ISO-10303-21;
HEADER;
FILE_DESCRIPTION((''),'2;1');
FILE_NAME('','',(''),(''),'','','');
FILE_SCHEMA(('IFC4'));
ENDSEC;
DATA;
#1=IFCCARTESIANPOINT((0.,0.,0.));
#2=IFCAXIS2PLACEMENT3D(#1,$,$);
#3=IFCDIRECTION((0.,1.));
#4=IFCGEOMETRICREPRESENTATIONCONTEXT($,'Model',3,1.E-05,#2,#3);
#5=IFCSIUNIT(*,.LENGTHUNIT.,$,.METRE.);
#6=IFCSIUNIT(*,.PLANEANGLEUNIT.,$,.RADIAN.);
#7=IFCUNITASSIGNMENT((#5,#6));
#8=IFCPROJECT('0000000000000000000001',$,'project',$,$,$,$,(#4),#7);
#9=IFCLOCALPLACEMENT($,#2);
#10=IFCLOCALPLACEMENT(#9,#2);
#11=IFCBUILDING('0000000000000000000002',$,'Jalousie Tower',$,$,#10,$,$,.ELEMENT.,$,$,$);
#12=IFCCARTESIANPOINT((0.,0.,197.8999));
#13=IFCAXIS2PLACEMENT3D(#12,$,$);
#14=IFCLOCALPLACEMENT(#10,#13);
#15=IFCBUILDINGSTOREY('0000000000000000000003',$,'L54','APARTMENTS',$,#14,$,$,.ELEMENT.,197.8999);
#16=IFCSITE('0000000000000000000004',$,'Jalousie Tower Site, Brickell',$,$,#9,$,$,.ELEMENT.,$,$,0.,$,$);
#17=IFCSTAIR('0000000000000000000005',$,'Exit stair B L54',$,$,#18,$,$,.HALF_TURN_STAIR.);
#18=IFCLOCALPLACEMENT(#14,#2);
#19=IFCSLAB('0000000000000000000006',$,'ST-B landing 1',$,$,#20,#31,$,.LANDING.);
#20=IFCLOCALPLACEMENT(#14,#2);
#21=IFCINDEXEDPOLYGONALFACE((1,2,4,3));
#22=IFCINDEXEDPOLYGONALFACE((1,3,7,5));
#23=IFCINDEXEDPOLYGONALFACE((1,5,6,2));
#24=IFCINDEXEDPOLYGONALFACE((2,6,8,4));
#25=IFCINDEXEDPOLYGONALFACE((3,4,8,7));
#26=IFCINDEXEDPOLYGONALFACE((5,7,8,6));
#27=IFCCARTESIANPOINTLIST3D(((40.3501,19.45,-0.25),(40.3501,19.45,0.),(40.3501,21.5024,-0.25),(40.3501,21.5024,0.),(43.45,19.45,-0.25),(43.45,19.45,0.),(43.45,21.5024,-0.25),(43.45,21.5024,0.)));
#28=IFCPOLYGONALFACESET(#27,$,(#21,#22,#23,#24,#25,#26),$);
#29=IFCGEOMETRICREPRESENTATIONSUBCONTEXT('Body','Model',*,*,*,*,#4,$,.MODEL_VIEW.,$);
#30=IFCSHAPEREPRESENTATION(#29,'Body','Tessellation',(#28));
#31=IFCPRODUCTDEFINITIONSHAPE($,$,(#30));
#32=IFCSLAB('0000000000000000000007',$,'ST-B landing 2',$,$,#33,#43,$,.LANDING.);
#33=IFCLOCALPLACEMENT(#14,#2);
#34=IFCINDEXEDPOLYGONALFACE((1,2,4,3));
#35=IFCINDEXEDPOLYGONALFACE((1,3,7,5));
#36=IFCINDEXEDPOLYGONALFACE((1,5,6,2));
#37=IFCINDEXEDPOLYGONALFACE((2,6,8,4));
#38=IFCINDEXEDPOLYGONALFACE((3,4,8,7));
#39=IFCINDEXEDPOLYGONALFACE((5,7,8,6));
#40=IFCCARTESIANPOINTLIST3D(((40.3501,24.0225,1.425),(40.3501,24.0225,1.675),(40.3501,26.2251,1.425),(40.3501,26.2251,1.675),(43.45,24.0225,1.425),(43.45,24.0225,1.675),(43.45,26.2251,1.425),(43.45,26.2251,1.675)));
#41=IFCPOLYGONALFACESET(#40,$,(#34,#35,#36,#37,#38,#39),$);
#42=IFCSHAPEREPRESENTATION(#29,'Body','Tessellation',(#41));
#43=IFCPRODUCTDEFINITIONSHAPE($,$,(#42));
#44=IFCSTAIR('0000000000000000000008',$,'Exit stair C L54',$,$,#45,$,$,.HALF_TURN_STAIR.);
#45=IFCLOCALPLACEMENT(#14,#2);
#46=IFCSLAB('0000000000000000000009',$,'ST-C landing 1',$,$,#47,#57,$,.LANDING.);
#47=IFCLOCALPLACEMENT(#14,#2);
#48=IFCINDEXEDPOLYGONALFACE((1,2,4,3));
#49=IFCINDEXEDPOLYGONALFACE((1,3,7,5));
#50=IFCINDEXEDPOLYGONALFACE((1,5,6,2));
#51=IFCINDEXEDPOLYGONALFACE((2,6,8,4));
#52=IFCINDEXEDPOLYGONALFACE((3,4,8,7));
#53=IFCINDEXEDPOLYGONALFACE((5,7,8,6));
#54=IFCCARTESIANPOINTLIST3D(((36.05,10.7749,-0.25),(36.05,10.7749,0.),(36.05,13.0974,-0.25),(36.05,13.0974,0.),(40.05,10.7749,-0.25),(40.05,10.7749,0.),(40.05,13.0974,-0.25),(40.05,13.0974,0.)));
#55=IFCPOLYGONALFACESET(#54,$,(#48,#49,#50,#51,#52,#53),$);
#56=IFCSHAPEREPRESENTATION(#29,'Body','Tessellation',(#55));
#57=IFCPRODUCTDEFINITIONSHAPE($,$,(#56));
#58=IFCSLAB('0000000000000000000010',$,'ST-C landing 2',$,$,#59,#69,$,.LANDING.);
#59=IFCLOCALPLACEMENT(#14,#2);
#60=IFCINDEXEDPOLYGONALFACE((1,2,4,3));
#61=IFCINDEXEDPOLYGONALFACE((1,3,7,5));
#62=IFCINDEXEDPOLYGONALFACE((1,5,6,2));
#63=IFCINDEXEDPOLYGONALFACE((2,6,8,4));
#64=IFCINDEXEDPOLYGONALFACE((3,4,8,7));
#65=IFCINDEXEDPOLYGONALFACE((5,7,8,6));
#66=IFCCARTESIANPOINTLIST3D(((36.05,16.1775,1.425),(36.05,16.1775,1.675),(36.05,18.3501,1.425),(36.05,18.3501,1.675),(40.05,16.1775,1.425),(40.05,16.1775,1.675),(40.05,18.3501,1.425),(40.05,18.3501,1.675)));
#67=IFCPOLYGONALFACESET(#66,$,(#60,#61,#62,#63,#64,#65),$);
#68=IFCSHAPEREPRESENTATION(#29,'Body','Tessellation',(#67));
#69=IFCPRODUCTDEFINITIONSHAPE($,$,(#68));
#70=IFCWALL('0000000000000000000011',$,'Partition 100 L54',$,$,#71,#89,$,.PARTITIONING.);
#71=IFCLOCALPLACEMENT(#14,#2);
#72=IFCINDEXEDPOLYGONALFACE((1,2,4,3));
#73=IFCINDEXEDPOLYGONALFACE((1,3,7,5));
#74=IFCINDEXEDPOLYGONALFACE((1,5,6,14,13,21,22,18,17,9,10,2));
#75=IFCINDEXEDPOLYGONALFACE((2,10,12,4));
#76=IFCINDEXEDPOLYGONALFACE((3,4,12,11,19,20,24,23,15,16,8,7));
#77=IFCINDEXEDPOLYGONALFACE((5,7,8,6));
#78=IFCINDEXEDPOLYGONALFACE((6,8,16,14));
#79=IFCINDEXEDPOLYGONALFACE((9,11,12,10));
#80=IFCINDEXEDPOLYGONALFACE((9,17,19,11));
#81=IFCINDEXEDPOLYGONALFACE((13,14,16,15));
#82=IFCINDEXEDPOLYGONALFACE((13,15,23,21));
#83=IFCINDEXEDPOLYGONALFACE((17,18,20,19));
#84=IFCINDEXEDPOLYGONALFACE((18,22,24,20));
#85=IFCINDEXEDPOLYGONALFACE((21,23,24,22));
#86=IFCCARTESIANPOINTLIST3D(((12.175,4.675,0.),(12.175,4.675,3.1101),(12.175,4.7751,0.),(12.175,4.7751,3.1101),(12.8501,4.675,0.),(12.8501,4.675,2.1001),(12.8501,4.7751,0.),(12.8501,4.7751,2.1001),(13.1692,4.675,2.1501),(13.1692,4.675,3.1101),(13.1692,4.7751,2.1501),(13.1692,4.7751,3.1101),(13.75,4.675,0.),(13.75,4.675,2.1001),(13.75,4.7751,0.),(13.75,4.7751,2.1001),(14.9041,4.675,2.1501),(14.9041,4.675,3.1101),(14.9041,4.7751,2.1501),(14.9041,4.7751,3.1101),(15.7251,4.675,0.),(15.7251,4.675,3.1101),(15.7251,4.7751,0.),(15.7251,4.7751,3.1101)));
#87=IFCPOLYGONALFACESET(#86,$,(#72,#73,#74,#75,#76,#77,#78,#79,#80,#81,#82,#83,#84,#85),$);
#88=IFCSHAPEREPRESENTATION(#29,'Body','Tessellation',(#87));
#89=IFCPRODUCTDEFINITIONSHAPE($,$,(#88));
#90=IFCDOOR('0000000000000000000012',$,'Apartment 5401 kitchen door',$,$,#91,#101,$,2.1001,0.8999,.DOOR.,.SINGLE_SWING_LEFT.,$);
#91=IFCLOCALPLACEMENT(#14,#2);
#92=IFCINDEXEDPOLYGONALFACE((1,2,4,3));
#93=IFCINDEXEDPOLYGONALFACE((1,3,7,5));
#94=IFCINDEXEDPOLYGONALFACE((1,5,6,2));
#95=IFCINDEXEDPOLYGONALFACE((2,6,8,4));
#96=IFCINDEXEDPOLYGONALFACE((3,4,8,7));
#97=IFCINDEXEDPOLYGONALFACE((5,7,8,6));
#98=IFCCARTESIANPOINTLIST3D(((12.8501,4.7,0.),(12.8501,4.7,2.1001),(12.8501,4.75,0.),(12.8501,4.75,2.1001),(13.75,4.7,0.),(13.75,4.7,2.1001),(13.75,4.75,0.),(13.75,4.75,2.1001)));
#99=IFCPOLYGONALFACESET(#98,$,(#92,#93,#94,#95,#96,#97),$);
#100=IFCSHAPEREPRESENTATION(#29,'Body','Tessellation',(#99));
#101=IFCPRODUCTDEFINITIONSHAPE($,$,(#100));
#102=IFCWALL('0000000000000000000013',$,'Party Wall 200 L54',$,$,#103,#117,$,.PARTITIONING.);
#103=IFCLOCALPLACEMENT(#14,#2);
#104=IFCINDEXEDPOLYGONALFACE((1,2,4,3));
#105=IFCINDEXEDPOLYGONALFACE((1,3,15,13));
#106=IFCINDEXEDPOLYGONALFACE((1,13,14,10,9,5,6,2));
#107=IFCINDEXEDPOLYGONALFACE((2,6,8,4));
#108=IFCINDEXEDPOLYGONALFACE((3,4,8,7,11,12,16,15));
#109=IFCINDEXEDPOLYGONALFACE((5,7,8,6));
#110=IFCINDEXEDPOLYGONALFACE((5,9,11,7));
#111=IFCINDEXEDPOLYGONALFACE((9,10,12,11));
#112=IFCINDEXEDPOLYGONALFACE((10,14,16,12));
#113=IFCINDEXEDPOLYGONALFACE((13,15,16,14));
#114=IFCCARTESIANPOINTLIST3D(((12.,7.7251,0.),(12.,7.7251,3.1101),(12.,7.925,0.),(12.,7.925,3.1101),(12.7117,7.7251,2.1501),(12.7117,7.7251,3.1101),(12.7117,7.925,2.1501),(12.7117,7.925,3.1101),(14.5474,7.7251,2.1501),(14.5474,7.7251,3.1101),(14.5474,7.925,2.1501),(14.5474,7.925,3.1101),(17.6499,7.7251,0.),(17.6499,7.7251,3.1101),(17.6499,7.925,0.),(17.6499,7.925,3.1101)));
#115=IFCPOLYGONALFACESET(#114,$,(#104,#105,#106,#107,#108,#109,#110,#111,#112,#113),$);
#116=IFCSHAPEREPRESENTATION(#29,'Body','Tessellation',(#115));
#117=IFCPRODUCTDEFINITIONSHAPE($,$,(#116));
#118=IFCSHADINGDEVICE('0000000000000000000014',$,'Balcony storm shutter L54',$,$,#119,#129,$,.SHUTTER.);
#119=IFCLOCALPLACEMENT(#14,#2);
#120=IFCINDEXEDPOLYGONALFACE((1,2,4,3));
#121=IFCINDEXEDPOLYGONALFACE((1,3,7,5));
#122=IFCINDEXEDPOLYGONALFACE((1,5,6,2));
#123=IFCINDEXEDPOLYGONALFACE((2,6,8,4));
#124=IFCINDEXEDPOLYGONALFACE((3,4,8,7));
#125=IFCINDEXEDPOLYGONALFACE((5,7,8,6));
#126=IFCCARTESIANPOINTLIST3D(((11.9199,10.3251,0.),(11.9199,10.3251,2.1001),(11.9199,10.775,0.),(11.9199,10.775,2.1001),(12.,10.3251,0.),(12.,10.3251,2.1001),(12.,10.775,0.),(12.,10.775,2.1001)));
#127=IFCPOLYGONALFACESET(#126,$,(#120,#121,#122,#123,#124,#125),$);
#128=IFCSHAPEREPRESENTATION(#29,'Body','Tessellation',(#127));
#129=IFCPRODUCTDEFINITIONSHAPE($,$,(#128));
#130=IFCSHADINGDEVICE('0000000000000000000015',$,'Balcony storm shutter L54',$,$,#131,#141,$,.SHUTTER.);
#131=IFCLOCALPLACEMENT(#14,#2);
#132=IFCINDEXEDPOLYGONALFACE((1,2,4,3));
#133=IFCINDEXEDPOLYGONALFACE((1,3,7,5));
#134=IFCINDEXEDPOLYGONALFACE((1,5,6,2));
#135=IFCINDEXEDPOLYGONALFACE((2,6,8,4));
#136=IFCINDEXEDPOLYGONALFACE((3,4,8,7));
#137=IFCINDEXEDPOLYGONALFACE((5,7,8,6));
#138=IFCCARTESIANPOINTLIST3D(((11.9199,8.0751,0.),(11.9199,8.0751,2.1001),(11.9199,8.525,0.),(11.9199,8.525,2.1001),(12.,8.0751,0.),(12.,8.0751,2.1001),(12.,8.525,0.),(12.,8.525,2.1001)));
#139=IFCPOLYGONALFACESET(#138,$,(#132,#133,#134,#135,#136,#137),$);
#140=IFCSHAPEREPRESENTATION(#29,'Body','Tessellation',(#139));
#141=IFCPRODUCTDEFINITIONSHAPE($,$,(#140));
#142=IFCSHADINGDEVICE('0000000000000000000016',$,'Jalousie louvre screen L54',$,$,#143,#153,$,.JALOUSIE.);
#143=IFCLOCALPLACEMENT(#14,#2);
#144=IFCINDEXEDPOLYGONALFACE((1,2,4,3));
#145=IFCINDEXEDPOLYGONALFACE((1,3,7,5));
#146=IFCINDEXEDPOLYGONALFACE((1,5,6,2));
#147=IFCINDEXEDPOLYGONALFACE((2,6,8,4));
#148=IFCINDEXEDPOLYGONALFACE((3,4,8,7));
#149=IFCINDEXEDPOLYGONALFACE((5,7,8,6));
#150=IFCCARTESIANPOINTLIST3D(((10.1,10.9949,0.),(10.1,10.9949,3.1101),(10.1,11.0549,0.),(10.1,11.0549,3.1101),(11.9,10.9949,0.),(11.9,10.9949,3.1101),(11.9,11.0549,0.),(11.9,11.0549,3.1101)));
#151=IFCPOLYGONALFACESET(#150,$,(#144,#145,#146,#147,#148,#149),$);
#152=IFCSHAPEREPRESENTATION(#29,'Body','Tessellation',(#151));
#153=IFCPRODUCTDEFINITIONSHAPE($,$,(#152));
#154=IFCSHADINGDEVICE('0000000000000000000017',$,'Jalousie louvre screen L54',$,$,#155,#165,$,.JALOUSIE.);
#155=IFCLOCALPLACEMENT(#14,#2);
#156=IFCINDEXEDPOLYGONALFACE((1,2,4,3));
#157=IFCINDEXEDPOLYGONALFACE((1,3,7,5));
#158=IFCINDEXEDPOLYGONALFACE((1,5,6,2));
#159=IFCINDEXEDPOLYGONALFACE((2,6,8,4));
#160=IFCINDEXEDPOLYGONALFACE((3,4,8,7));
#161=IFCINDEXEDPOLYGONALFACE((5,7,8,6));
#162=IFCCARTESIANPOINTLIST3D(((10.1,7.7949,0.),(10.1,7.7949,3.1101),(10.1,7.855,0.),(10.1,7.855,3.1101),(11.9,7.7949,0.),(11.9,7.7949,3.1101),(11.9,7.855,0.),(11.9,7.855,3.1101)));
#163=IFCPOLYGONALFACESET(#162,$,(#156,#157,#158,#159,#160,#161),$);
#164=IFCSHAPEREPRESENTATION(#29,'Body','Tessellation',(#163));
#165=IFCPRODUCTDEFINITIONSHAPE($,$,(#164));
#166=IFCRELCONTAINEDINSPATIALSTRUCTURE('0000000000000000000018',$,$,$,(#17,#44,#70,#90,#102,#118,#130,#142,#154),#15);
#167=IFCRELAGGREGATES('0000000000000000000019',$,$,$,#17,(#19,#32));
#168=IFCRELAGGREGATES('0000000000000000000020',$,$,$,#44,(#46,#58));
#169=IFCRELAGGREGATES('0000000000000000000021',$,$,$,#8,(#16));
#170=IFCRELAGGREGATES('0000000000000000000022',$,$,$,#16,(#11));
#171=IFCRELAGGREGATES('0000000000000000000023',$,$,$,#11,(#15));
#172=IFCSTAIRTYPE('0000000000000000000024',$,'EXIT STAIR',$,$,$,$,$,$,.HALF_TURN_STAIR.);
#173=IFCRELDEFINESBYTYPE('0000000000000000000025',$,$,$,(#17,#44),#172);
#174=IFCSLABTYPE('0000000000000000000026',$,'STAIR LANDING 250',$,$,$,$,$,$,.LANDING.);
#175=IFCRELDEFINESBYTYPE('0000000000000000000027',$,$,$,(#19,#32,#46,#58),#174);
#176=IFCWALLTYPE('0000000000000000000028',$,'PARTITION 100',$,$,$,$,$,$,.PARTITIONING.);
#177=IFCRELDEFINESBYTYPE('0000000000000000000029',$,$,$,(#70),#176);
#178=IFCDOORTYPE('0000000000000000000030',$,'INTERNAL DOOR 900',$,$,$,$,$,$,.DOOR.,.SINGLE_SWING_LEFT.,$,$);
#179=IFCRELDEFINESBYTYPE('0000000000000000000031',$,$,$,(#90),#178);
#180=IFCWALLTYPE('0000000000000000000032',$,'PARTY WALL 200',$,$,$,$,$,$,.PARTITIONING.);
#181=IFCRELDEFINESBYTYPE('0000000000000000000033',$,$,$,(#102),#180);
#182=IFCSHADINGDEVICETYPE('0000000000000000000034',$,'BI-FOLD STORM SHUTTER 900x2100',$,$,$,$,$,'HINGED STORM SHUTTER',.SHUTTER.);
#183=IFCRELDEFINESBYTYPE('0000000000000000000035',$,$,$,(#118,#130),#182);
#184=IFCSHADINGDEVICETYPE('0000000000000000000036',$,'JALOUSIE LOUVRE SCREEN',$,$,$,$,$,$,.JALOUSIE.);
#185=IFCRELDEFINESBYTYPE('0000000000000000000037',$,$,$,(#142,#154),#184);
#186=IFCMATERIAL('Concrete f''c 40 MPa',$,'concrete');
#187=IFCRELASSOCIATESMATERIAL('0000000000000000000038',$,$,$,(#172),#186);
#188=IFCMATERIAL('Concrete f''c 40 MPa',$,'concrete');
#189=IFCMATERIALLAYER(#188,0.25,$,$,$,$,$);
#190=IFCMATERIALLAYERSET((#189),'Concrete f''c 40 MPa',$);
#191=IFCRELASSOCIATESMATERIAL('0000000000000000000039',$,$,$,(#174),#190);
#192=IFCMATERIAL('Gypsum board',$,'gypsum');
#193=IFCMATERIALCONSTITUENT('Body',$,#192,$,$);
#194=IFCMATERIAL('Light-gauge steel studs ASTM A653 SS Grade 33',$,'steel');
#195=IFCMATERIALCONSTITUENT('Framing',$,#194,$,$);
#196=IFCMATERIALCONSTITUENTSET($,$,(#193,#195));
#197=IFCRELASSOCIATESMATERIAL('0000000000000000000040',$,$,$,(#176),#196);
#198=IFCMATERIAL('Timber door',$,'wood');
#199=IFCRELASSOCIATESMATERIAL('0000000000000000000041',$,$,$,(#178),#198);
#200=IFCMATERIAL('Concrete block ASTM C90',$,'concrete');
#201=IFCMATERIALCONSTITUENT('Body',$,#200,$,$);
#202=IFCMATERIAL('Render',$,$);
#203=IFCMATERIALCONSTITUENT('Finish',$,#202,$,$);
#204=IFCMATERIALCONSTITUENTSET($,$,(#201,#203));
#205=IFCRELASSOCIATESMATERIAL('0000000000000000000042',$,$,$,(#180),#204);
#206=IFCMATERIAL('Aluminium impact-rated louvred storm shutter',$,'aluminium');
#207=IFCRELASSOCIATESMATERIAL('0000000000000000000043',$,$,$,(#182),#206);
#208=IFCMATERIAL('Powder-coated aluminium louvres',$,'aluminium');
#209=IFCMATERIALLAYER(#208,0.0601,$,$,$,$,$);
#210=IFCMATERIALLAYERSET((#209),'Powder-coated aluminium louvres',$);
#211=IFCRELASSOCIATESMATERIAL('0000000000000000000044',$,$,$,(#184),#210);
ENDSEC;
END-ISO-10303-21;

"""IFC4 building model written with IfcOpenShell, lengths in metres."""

from ifc_helpers import new_model, si_unit, direction, frame, frame_2d, origin, origin_2d, place, context, subcontext, project, spatial, polyline, rectangle, outline, extrude, material, layer, layer_set, constituent, constituent_set, type_object, element, fill, aggregate, save


model = new_model("IFC4")

# Units and contexts
model_context = context("Model", 3, precision=1e-05, world=origin(), true_north=direction((0.0, 1.0)))
body_context = subcontext(model_context, "Body", "Model", "MODEL_VIEW")
ifc_project = project(units=[si_unit("LENGTHUNIT", "METRE"), si_unit("PLANEANGLEUNIT", "RADIAN")], contexts=[model_context])

# Site, building, storey
site_placement = place(None, origin())
site = spatial("IfcSite", under=ifc_project, at=site_placement, Name="Jalousie Tower Site, Brickell", CompositionType="ELEMENT", RefElevation=0.0)
building_placement = place(site_placement, origin())
building = spatial("IfcBuilding", under=site, at=building_placement, Name="Jalousie Tower", CompositionType="ELEMENT")
storey_placement = place(building_placement, frame((0.0, 0.0, 197.8999)))
storey = spatial("IfcBuildingStorey", under=building, at=storey_placement, Name="L54", Description="APARTMENTS", CompositionType="ELEMENT", Elevation=197.8999)

# Stairs, slabs
ifc_material_1 = material(Name="Concrete f'c 40 MPa", Category="concrete")
stair_type = type_object("IfcStairType", Name="EXIT STAIR", PredefinedType="HALF_TURN_STAIR", material=ifc_material_1)
ifc_material_2 = material(Name="Concrete f'c 40 MPa", Category="concrete")
ifc_layer_1 = layer(ifc_material_2, 0.25)
ifc_layer_set_1 = layer_set([ifc_layer_1], Name="Concrete f'c 40 MPa")
slab_type_1 = type_object("IfcSlabType", Name="STAIR LANDING 250", PredefinedType="LANDING", material=ifc_layer_set_1)
stair_1_placement = place(storey_placement, origin())
stair_1 = element("IfcStair", 1, at=stair_1_placement, inside=storey, type_object=stair_type, Name="Exit stair B L54", PredefinedType="HALF_TURN_STAIR")
slab_1_placement = place(storey_placement, frame((0.0, 0.0, -0.25)))
slab_1 = element("IfcSlab", 2, at=slab_1_placement, type_object=slab_type_1, Name="ST-B landing 1", PredefinedType="LANDING", context=body_context, shape_type="SweptSolid", body=[
    extrude(outline(polyline([(40.3501, 19.45), (43.45, 19.45), (43.45, 21.5024), (40.3501, 21.5024), (40.3501, 19.45)])), origin(), (0.0, 0.0, 1.0), 0.25),
])
slab_2_placement = place(storey_placement, frame((0.0, 0.0, 1.425)))
slab_2 = element("IfcSlab", 3, at=slab_2_placement, type_object=slab_type_1, Name="ST-B landing 2", PredefinedType="LANDING", context=body_context, shape_type="SweptSolid", body=[
    extrude(outline(polyline([(40.3501, 24.0225), (43.45, 24.0225), (43.45, 26.2251), (40.3501, 26.2251), (40.3501, 24.0225)])), origin(), (0.0, 0.0, 1.0), 0.25),
])
aggregate(stair_1, [slab_1, slab_2])
stair_2_placement = place(storey_placement, origin())
stair_2 = element("IfcStair", 4, at=stair_2_placement, inside=storey, type_object=stair_type, Name="Exit stair C L54", PredefinedType="HALF_TURN_STAIR")
slab_3_placement = place(storey_placement, frame((0.0, 0.0, -0.25)))
slab_3 = element("IfcSlab", 5, at=slab_3_placement, type_object=slab_type_1, Name="ST-C landing 1", PredefinedType="LANDING", context=body_context, shape_type="SweptSolid", body=[
    extrude(outline(polyline([(36.05, 10.7749), (40.05, 10.7749), (40.05, 13.0974), (36.05, 13.0974), (36.05, 10.7749)])), origin(), (0.0, 0.0, 1.0), 0.25),
])
slab_4_placement = place(storey_placement, frame((0.0, 0.0, 1.425)))
slab_4 = element("IfcSlab", 6, at=slab_4_placement, type_object=slab_type_1, Name="ST-C landing 2", PredefinedType="LANDING", context=body_context, shape_type="SweptSolid", body=[
    extrude(outline(polyline([(36.05, 16.1775), (40.05, 16.1775), (40.05, 18.3501), (36.05, 18.3501), (36.05, 16.1775)])), origin(), (0.0, 0.0, 1.0), 0.25),
])
aggregate(stair_2, [slab_3, slab_4])

# Wall, opening, door
ifc_material_3 = material(Name="Gypsum board", Category="gypsum")
ifc_constituent_1 = constituent(ifc_material_3, Name="Body")
ifc_material_4 = material(Name="Light-gauge steel studs ASTM A653 SS Grade 33", Category="steel")
ifc_constituent_2 = constituent(ifc_material_4, Name="Framing")
ifc_constituent_set_1 = constituent_set(constituents=[ifc_constituent_1, ifc_constituent_2])
wall_type_1 = type_object("IfcWallType", Name="PARTITION 100", PredefinedType="PARTITIONING", material=ifc_constituent_set_1)
wall_1_placement = place(storey_placement, frame((12.175, 4.7251, 0.0), z_axis=(0.0, 0.0, 1.0), x_axis=(1.0, 0.0, 0.0)))
wall_1 = element("IfcWall", 7, at=wall_1_placement, inside=storey, type_object=wall_type_1, Name="Partition 100 L54", PredefinedType="PARTITIONING", context=body_context, shape_type="SweptSolid", body=[
    extrude(outline(polyline([(0.0, 0.0), (3.55, 0.0), (3.55, 3.1101), (2.729, 3.1101), (2.729, 2.1501), (0.9941, 2.1501), (0.9941, 3.1101), (0.0, 3.1101), (0.0, 0.0)])), frame((0.0, 0.05, 0.0), z_axis=(0.0, -1.0, 0.0), x_axis=(1.0, 0.0, 0.0)), (0.0, 0.0, 1.0), 0.1001),
])
opening_placement = place(wall_1_placement, frame((0.675, 0.0, 0.0)))
opening = element("IfcOpeningElement", 8, at=opening_placement, cuts=wall_1, PredefinedType="OPENING", context=body_context, shape_type="SweptSolid", body=[
    extrude(rectangle(XDim=0.8999, YDim=2.1001, at=frame_2d((0.45, 1.05))), frame((0.0, 0.0601, 0.0), z_axis=(0.0, -1.0, 0.0), x_axis=(1.0, 0.0, 0.0)), (0.0, 0.0, 1.0), 0.1201),
])
ifc_material_5 = material(Name="Timber door", Category="wood")
door_type = type_object("IfcDoorType", Name="INTERNAL DOOR 900", OperationType="SINGLE_SWING_LEFT", PredefinedType="DOOR", material=ifc_material_5)
door_placement = place(opening_placement, origin())
door = element("IfcDoor", 9, at=door_placement, inside=storey, type_object=door_type, Name="Apartment 5401 kitchen door", OperationType="SINGLE_SWING_LEFT", OverallHeight=2.1001, OverallWidth=0.8999, PredefinedType="DOOR", context=body_context, shape_type="SweptSolid", body=[
    extrude(rectangle(XDim=0.8999, YDim=2.1001, at=frame_2d((0.45, 1.05))), frame((0.0, 0.0249, 0.0), z_axis=(0.0, -1.0, 0.0), x_axis=(1.0, 0.0, 0.0)), (0.0, 0.0, 1.0), 0.05),
])
fill(opening, door)

# Wall
ifc_material_6 = material(Name="Concrete block ASTM C90", Category="concrete")
ifc_constituent_3 = constituent(ifc_material_6, Name="Body")
ifc_material_7 = material(Name="Render")
ifc_constituent_4 = constituent(ifc_material_7, Name="Finish")
ifc_constituent_set_2 = constituent_set(constituents=[ifc_constituent_3, ifc_constituent_4])
wall_type_2 = type_object("IfcWallType", Name="PARTY WALL 200", PredefinedType="PARTITIONING", material=ifc_constituent_set_2)
wall_2_placement = place(storey_placement, frame((12.0, 7.825, 0.0), z_axis=(0.0, 0.0, 1.0), x_axis=(1.0, 0.0, 0.0)))
element("IfcWall", 10, at=wall_2_placement, inside=storey, type_object=wall_type_2, Name="Party Wall 200 L54", PredefinedType="PARTITIONING", context=body_context, shape_type="SweptSolid", body=[
    extrude(outline(polyline([(0.0, 0.0), (5.6499, 0.0), (5.6499, 3.1101), (2.5474, 3.1101), (2.5474, 2.1501), (0.7117, 2.1501), (0.7117, 3.1101), (0.0, 3.1101), (0.0, 0.0)])), frame((0.0, 0.1001, 0.0), z_axis=(0.0, -1.0, 0.0), x_axis=(1.0, 0.0, 0.0)), (0.0, 0.0, 1.0), 0.2),
])

# Shading devices
ifc_material_8 = material(Name="Aluminium impact-rated louvred storm shutter", Category="aluminium")
shading_device_type_1 = type_object("IfcShadingDeviceType", Name="BI-FOLD STORM SHUTTER 900x2100", ElementType="HINGED STORM SHUTTER", PredefinedType="SHUTTER", material=ifc_material_8)
for number, where, z_axis, x_axis, name in (
    (11, (11.96, 10.55, 0.0), (0.0, 0.0, 1.0), (0.0, -1.0, 0.0), "Balcony storm shutter L54"),
    (12, (11.96, 8.3, 0.0), (0.0, 0.0, 1.0), (0.0, -1.0, 0.0), "Balcony storm shutter L54"),
):
    element("IfcShadingDevice", number, at=place(storey_placement, frame(where, z_axis=z_axis, x_axis=x_axis)), inside=storey, type_object=shading_device_type_1, Name=name, PredefinedType="SHUTTER", context=body_context, shape_type="SweptSolid", body=[
        extrude(rectangle(XDim=0.45, YDim=0.0801, at=origin_2d()), origin(), (0.0, 0.0, 1.0), 2.1001),
    ])

# Shading devices
ifc_material_9 = material(Name="Powder-coated aluminium louvres", Category="aluminium")
ifc_layer_2 = layer(ifc_material_9, 0.0601)
ifc_layer_set_2 = layer_set([ifc_layer_2], Name="Powder-coated aluminium louvres")
shading_device_type_2 = type_object("IfcShadingDeviceType", Name="JALOUSIE LOUVRE SCREEN", PredefinedType="JALOUSIE", material=ifc_layer_set_2)
for number, where, z_axis, x_axis, name in (
    (13, (11.0, 11.0249, 0.0), (0.0, 0.0, 1.0), (0.0, -1.0, 0.0), "Jalousie louvre screen L54"),
    (14, (11.0, 7.825, 0.0), (0.0, 0.0, 1.0), (0.0, -1.0, 0.0), "Jalousie louvre screen L54"),
):
    element("IfcShadingDevice", number, at=place(storey_placement, frame(where, z_axis=z_axis, x_axis=x_axis)), inside=storey, type_object=shading_device_type_2, Name=name, PredefinedType="JALOUSIE", context=body_context, shape_type="SweptSolid", body=[
        extrude(rectangle(XDim=0.0601, YDim=1.8, at=origin_2d()), origin(), (0.0, 0.0, 1.0), 3.1101),
    ])

save(model, "model.ifc")
